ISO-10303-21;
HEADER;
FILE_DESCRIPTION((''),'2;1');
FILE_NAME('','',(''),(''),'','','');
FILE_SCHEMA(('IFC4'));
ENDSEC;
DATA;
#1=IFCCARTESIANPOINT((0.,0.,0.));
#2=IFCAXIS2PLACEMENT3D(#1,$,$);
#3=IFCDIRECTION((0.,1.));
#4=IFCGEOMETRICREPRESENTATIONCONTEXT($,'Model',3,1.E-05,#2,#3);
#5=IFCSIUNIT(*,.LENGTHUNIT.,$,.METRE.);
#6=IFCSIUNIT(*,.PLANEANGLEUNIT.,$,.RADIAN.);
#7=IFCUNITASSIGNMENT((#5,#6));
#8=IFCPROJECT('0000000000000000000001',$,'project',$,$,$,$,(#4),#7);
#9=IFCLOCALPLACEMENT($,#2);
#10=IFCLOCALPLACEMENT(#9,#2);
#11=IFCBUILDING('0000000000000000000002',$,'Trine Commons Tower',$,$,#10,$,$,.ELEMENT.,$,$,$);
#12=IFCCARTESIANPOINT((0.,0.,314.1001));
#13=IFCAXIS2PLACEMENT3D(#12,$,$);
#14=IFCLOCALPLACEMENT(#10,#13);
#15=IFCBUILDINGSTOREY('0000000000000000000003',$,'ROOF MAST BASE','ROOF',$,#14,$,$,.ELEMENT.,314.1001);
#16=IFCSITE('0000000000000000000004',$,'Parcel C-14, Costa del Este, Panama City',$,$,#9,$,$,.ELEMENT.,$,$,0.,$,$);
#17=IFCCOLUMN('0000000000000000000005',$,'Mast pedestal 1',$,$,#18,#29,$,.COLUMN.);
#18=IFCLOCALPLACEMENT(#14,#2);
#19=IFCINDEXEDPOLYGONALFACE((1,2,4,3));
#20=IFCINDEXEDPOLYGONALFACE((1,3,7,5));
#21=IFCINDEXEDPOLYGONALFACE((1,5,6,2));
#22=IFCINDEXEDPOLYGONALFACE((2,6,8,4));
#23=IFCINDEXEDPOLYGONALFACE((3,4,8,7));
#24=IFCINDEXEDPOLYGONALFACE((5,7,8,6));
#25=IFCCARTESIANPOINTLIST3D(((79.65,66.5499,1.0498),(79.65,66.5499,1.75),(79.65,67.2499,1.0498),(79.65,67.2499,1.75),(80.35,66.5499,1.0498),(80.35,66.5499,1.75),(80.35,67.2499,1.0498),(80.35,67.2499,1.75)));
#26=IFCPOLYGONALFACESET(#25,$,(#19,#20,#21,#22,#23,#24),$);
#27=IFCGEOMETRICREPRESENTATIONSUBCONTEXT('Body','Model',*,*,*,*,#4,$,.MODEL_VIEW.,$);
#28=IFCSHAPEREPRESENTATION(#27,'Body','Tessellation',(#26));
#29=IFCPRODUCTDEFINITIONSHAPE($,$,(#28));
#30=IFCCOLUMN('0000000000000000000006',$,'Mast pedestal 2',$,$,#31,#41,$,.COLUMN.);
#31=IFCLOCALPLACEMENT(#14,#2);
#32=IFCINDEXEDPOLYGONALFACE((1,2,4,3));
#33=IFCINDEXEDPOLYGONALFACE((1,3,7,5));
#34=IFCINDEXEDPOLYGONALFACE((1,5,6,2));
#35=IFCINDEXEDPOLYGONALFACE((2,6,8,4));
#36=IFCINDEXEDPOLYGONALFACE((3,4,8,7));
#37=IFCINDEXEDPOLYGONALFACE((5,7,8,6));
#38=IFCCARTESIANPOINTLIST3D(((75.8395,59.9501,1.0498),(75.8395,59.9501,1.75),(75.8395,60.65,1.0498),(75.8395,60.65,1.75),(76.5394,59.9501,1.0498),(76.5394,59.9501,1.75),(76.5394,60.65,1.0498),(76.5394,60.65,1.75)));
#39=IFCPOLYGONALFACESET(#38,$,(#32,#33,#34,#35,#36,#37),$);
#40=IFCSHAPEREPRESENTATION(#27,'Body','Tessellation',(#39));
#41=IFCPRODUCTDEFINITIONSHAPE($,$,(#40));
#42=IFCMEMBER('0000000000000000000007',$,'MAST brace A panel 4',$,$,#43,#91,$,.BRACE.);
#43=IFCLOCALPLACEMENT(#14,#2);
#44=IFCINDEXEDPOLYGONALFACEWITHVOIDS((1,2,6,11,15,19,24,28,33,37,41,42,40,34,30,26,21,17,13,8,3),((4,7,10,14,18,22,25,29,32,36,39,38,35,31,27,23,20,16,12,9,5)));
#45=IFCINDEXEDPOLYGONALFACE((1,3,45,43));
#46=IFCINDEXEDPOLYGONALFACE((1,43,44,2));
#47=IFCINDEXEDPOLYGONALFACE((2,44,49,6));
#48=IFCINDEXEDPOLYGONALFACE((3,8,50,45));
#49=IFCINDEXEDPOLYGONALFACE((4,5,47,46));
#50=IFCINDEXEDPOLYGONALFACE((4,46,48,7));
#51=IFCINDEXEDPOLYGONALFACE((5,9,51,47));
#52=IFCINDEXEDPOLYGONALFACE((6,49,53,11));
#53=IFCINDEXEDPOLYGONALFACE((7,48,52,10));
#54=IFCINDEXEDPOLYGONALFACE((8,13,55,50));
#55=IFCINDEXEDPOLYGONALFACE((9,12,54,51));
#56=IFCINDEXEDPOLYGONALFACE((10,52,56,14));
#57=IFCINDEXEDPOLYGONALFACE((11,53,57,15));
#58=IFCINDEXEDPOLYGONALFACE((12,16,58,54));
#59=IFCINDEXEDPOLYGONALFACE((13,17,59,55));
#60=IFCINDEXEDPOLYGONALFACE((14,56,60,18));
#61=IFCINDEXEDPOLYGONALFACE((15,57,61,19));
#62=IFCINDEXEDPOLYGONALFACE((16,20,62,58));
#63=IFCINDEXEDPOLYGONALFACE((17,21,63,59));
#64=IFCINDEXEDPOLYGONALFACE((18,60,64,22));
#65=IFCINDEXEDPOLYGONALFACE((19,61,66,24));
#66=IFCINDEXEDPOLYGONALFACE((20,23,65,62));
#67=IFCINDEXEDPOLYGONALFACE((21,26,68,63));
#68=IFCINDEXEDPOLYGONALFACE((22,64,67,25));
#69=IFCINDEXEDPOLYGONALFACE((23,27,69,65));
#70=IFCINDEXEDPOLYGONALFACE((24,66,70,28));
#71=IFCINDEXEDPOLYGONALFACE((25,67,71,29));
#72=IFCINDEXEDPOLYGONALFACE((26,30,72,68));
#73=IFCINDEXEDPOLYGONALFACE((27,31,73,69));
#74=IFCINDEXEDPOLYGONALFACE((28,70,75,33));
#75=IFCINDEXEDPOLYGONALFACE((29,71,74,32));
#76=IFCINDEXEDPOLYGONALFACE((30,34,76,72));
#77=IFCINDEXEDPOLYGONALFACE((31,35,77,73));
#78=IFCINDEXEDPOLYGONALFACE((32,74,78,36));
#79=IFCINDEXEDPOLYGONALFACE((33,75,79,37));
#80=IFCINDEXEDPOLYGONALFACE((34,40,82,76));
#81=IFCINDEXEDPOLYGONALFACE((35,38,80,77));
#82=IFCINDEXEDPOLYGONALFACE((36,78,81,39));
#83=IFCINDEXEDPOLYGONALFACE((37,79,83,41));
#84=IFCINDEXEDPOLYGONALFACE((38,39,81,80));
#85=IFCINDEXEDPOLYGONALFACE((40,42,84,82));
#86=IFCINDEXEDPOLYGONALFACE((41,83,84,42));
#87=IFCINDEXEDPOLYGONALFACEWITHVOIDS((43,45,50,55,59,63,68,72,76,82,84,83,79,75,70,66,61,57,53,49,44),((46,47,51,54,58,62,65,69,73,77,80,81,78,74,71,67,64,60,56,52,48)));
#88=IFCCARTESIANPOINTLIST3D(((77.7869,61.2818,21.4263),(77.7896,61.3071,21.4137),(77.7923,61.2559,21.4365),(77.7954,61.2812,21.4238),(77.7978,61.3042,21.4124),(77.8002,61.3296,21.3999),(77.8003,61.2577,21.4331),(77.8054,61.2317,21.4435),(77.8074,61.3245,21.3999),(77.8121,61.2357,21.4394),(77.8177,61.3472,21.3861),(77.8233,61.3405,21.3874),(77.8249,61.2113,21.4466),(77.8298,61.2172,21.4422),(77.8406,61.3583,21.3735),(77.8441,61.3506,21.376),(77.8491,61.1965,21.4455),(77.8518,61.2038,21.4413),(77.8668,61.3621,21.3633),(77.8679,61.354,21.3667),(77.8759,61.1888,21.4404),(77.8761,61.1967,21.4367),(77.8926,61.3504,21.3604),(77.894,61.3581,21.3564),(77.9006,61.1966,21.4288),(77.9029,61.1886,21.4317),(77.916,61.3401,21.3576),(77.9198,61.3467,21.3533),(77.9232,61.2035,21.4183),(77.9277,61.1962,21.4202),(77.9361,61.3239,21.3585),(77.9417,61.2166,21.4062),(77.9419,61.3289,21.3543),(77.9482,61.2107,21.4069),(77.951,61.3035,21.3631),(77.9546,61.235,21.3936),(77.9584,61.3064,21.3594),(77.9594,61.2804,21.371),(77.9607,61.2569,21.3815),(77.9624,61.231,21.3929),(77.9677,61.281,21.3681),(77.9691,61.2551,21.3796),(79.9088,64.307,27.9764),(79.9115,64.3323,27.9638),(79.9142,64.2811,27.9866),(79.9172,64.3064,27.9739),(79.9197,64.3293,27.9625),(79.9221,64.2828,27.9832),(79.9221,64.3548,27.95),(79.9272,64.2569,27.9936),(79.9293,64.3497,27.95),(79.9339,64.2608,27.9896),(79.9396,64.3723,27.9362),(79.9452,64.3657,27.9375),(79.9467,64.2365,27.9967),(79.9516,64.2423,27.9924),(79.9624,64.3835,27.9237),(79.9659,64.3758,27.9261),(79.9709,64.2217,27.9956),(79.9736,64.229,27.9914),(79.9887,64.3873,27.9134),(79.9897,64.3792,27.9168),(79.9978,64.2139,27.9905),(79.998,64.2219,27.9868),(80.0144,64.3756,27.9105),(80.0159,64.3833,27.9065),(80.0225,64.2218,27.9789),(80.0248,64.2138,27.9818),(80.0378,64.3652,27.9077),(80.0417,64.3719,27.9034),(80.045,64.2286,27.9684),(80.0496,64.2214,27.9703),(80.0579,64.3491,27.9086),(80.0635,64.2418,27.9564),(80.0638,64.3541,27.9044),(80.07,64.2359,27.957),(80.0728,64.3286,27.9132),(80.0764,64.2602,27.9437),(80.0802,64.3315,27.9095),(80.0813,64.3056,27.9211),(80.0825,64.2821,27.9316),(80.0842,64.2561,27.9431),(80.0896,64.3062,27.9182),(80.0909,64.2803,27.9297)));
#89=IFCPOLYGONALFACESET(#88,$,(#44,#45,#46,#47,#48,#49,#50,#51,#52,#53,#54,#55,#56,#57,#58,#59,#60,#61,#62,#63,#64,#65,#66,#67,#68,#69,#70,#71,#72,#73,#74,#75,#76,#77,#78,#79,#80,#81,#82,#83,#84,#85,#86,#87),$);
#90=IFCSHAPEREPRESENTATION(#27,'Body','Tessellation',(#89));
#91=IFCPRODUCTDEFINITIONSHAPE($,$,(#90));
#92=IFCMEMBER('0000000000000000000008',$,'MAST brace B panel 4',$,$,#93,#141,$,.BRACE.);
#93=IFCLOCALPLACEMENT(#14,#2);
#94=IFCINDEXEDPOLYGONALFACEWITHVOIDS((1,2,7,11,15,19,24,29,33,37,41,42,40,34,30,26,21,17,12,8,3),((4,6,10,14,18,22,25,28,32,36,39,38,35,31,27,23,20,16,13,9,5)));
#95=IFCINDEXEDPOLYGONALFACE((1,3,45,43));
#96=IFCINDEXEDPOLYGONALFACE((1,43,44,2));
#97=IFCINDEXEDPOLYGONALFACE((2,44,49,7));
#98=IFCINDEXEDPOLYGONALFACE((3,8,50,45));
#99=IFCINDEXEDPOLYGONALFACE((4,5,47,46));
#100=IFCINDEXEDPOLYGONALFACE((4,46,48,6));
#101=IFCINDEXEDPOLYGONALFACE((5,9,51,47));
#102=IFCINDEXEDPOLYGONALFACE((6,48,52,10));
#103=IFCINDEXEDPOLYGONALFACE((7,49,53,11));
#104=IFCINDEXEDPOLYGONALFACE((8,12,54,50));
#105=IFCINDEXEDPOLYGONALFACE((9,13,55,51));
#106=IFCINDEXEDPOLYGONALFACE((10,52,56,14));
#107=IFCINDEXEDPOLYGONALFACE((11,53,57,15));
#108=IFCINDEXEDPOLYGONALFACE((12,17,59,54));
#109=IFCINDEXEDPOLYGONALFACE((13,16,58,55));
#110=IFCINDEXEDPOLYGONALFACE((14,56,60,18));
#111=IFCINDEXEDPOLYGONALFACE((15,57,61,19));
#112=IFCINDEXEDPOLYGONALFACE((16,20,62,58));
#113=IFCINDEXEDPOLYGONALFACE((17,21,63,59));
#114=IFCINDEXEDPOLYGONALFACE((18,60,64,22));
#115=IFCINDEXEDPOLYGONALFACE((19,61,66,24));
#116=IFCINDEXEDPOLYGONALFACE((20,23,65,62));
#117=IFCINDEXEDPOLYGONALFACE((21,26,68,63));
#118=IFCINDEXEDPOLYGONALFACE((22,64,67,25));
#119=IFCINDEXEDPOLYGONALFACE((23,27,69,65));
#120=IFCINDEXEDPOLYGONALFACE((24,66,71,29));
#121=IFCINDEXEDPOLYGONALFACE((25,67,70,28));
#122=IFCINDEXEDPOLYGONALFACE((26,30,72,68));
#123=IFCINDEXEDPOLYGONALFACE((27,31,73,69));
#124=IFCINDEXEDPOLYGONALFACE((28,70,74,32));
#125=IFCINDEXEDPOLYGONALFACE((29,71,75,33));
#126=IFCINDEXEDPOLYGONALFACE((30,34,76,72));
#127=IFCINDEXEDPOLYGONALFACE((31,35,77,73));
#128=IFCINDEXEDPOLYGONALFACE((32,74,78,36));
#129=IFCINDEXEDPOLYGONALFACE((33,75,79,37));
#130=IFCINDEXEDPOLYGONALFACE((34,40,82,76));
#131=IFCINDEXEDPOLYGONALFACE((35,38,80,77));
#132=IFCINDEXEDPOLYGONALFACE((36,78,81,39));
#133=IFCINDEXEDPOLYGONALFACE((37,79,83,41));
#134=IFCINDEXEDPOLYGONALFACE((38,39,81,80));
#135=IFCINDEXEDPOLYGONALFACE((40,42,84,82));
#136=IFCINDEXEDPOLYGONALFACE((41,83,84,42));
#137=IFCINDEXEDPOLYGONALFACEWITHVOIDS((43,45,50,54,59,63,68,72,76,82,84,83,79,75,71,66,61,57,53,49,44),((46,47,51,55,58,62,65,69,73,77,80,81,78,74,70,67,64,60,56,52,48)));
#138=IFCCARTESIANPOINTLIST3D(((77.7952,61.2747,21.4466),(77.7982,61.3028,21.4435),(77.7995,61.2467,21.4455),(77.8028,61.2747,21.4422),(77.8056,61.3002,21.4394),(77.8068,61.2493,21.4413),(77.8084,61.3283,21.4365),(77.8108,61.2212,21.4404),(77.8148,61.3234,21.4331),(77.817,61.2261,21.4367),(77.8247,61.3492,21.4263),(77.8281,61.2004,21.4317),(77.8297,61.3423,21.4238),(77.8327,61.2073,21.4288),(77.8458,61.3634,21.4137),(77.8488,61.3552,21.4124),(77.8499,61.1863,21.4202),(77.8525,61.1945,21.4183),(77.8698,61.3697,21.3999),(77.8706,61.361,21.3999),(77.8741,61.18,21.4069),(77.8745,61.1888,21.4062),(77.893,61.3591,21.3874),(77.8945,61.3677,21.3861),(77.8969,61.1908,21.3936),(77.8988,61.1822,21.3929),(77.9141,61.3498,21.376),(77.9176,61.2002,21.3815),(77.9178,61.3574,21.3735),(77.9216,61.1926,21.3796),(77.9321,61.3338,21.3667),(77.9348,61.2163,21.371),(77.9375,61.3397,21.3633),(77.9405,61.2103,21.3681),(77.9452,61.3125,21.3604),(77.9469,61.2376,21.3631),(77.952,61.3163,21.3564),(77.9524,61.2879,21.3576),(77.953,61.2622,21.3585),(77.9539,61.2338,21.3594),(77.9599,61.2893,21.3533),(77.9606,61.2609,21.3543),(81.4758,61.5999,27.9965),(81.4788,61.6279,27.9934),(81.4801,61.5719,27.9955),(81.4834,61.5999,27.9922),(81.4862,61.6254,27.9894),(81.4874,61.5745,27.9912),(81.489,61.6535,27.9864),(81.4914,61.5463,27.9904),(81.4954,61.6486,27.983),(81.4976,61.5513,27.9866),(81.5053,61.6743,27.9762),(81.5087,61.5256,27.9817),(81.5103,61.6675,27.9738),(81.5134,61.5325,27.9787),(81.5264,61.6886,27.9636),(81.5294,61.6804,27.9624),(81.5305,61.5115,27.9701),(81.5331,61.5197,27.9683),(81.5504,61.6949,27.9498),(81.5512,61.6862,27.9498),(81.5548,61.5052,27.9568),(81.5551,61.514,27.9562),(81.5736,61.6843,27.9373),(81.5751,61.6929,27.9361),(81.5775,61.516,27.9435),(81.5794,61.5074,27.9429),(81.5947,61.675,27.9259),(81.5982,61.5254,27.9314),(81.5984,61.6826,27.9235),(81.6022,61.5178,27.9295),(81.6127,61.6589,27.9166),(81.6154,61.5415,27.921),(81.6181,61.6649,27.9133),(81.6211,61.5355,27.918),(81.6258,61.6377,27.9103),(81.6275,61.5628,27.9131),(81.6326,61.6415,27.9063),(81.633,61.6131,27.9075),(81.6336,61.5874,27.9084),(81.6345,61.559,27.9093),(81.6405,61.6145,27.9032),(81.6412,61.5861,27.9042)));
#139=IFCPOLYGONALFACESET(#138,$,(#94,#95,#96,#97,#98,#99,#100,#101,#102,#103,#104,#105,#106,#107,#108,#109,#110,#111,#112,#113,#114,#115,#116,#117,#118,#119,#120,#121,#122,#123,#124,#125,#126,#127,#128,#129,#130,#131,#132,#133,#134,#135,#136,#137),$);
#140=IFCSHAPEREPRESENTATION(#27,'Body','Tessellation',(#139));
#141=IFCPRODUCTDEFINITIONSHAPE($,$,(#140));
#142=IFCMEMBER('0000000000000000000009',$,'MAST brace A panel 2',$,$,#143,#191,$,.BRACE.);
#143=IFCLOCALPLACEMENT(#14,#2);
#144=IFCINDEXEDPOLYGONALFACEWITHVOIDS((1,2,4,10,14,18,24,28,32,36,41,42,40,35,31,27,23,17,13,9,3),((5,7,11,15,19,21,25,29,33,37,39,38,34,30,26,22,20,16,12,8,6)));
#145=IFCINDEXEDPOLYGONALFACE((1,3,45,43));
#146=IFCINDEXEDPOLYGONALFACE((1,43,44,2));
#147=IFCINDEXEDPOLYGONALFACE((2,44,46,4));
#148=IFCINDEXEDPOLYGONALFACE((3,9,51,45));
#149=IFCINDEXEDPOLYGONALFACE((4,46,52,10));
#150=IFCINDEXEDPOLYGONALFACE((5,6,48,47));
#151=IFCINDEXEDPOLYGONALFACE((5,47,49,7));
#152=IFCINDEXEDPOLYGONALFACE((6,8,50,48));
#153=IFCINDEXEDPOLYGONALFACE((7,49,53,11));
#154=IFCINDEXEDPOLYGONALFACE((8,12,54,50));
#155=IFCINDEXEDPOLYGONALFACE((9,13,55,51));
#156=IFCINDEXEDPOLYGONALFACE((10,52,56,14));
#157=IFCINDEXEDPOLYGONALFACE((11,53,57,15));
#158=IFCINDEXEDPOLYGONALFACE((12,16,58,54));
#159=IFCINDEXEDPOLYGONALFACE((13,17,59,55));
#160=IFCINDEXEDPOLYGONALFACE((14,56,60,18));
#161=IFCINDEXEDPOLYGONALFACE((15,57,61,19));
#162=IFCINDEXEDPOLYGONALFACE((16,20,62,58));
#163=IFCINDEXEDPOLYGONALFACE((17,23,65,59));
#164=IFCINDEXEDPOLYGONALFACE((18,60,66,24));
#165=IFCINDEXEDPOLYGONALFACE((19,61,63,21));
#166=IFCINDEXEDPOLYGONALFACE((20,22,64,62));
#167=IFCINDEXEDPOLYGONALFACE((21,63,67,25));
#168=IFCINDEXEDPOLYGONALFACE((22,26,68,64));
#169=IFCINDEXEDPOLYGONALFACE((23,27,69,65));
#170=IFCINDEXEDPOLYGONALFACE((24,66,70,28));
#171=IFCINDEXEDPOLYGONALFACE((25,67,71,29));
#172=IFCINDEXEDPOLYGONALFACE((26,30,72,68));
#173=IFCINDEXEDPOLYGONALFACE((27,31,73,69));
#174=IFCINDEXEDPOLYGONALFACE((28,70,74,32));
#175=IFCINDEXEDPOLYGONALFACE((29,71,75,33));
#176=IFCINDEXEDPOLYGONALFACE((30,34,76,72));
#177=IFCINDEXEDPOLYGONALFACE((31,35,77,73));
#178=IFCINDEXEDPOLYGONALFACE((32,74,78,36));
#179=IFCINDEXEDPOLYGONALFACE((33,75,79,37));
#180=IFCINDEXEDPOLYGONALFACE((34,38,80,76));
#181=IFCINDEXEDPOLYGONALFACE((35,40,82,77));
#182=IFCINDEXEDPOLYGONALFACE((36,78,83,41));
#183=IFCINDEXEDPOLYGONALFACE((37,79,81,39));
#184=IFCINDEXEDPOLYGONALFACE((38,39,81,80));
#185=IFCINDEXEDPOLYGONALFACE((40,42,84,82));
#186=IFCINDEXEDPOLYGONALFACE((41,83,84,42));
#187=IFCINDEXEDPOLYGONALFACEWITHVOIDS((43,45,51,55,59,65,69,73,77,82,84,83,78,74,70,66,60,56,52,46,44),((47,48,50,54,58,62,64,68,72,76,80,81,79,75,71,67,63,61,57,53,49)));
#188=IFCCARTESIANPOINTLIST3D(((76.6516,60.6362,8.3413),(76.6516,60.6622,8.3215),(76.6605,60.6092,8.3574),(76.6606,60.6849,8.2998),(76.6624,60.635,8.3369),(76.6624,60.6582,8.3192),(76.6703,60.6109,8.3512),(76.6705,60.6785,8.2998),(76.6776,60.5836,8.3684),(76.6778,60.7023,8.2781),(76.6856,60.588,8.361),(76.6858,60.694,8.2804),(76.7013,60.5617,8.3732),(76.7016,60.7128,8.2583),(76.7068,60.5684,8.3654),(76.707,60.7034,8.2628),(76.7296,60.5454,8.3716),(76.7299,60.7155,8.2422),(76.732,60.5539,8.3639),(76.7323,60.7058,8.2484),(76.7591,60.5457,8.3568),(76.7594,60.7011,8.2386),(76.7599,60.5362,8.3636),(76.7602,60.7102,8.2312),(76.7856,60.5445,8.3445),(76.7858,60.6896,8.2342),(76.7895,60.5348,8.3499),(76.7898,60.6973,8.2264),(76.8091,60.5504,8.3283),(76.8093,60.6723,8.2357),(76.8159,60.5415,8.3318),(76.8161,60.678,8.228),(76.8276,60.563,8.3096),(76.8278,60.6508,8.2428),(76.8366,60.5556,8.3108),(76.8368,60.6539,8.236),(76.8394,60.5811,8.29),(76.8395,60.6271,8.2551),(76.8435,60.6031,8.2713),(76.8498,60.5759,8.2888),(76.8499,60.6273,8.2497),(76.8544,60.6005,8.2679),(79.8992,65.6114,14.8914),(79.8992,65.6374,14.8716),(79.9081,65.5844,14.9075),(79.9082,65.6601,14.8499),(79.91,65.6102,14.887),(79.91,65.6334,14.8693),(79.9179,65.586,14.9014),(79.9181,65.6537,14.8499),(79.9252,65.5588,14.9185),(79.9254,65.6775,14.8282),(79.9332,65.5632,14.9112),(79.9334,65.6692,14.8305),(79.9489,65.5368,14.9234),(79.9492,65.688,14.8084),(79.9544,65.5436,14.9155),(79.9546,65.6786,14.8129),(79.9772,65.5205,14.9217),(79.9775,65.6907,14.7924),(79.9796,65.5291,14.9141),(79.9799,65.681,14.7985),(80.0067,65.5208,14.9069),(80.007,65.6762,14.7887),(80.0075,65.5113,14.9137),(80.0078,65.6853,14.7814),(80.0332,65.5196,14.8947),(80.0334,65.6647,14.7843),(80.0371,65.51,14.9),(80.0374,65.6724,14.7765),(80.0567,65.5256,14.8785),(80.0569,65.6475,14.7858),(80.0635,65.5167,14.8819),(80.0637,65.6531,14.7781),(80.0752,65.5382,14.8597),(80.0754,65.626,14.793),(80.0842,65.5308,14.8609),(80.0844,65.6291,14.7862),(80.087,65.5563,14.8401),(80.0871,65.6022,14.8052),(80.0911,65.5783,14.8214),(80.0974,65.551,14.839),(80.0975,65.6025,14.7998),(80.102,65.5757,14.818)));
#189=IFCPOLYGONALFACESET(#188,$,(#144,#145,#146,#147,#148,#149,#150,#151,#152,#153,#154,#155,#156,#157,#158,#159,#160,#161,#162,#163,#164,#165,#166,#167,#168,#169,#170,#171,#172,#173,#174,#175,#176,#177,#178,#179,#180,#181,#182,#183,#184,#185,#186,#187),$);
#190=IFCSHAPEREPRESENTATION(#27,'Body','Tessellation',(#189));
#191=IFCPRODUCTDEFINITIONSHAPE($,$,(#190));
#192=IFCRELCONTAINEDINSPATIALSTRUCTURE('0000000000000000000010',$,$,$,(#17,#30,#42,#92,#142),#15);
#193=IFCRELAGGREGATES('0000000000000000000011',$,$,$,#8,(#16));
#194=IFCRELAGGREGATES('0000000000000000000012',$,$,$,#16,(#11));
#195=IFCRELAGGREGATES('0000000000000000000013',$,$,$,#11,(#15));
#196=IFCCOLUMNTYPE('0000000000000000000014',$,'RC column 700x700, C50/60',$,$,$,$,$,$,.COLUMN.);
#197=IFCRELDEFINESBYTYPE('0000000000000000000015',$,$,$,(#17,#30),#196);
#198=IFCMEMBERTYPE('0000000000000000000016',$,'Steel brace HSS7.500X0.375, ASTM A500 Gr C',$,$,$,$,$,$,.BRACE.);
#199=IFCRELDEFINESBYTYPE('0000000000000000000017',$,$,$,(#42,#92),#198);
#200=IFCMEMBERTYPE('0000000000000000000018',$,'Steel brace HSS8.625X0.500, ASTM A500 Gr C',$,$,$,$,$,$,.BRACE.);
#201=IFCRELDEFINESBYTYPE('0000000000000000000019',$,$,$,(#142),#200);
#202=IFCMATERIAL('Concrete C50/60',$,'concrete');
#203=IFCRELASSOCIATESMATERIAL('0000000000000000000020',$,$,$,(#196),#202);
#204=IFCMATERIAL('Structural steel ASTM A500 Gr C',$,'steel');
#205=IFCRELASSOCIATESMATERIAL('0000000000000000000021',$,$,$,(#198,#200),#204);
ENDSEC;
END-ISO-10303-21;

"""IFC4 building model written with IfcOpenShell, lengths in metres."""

from ifc_helpers import new_model, si_unit, direction, frame, origin, origin_2d, place, context, subcontext, project, spatial, rectangle, hollow_circle, extrude, material, material_profile, profile_set, type_object, element, save


model = new_model("IFC4")

# Units and contexts
model_context = context("Model", 3, precision=1e-05, world=origin(), true_north=direction((0.0, 1.0)))
body_context = subcontext(model_context, "Body", "Model", "MODEL_VIEW")
ifc_project = project(units=[si_unit("LENGTHUNIT", "METRE"), si_unit("PLANEANGLEUNIT", "RADIAN")], contexts=[model_context])

# Site, building, storey
site_placement = place(None, origin())
site = spatial("IfcSite", under=ifc_project, at=site_placement, Name="Parcel C-14, Costa del Este, Panama City", CompositionType="ELEMENT", RefElevation=0.0)
building_placement = place(site_placement, origin())
building = spatial("IfcBuilding", under=site, at=building_placement, Name="Trine Commons Tower", CompositionType="ELEMENT")
storey_placement = place(building_placement, frame((0.0, 0.0, 314.1001)))
storey = spatial("IfcBuildingStorey", under=building, at=storey_placement, Name="ROOF MAST BASE", Description="ROOF", CompositionType="ELEMENT", Elevation=314.1001)

# Columns
ifc_material_1 = material(Name="Concrete C50/60", Category="concrete")
ifc_material_profile_1 = material_profile(ifc_material_1, rectangle(XDim=0.7, YDim=0.7, at=origin_2d()), Name="RC 700x700")
ifc_profile_set_1 = profile_set([ifc_material_profile_1], Name="Concrete C50/60")
column_type = type_object("IfcColumnType", Name="RC column 700x700, C50/60", PredefinedType="COLUMN", material=ifc_profile_set_1)
for number, where, z_axis, x_axis, name in (
    (1, (80.0, 66.8999, 1.0498), (0.0, 0.0, 1.0), (1.0, 0.0, 0.0), "Mast pedestal 1"),
    (2, (76.1895, 60.3, 1.0498), (0.0, 0.0, 1.0), (1.0, 0.0, 0.0), "Mast pedestal 2"),
):
    element("IfcColumn", number, at=place(storey_placement, frame(where, z_axis=z_axis, x_axis=x_axis)), inside=storey, type_object=column_type, Name=name, PredefinedType="COLUMN", context=body_context, shape_type="SweptSolid", body=[
        extrude(rectangle(XDim=0.7, YDim=0.7, at=origin_2d()), origin(), (0.0, 0.0, 1.0), 0.7002),
    ])

# Members
ifc_material_2 = material(Name="Structural steel ASTM A500 Gr C", Category="steel")
ifc_material_profile_2 = material_profile(ifc_material_2, hollow_circle(Radius=0.0952, WallThickness=0.0088, at=origin_2d()), Name="HSS7.500X0.375")
ifc_profile_set_2 = profile_set([ifc_material_profile_2], Name="Structural steel ASTM A500 Gr C")
member_type_1 = type_object("IfcMemberType", Name="Steel brace HSS7.500X0.375, ASTM A500 Gr C", PredefinedType="BRACE", material=ifc_profile_set_2)
member_1_placement = place(storey_placement, frame((77.8782, 61.2749, 21.3999), z_axis=(0.282142, 0.402257, 0.870968), x_axis=(-0.818695, 0.574229, 0.0)))
element("IfcMember", 3, at=member_1_placement, inside=storey, type_object=member_type_1, Name="MAST brace A panel 4", PredefinedType="BRACE", context=body_context, shape_type="SweptSolid", body=[
    extrude(hollow_circle(Radius=0.0952, WallThickness=0.0088, at=origin_2d()), origin(), (0.0, 0.0, 1.0), 7.5205),
])
member_2_placement = place(storey_placement, frame((77.8782, 61.2749, 21.3999), z_axis=(0.489425, 0.043242, 0.870973), x_axis=(-0.08801, 0.99612, 0.0)))
element("IfcMember", 4, at=member_2_placement, inside=storey, type_object=member_type_1, Name="MAST brace B panel 4", PredefinedType="BRACE", context=body_context, shape_type="SweptSolid", body=[
    extrude(hollow_circle(Radius=0.0952, WallThickness=0.0088, at=origin_2d()), origin(), (0.0, 0.0, 1.0), 7.5203),
])
ifc_material_profile_3 = material_profile(ifc_material_2, hollow_circle(Radius=0.1096, WallThickness=0.0117, at=origin_2d()), Name="HSS8.625X0.500")
ifc_profile_set_3 = profile_set([ifc_material_profile_3], Name="Structural steel ASTM A500 Gr C")
member_type_2 = type_object("IfcMemberType", Name="Steel brace HSS8.625X0.500, ASTM A500 Gr C", PredefinedType="BRACE", material=ifc_profile_set_3)
for number, where, z_axis, x_axis, name in (
    (5, (76.7524, 60.625, 8.2998), (0.36724, 0.562593, 0.740691), (-0.837385, 0.546614, 0.0), "MAST brace A panel 2"),
):
    element("IfcMember", number, at=place(storey_placement, frame(where, z_axis=z_axis, x_axis=x_axis)), inside=storey, type_object=member_type_2, Name=name, PredefinedType="BRACE", context=body_context, shape_type="SweptSolid", body=[
        extrude(hollow_circle(Radius=0.1096, WallThickness=0.0117, at=origin_2d()), origin(), (0.0, 0.0, 1.0), 8.8433),
    ])

save(model, "model.ifc")
